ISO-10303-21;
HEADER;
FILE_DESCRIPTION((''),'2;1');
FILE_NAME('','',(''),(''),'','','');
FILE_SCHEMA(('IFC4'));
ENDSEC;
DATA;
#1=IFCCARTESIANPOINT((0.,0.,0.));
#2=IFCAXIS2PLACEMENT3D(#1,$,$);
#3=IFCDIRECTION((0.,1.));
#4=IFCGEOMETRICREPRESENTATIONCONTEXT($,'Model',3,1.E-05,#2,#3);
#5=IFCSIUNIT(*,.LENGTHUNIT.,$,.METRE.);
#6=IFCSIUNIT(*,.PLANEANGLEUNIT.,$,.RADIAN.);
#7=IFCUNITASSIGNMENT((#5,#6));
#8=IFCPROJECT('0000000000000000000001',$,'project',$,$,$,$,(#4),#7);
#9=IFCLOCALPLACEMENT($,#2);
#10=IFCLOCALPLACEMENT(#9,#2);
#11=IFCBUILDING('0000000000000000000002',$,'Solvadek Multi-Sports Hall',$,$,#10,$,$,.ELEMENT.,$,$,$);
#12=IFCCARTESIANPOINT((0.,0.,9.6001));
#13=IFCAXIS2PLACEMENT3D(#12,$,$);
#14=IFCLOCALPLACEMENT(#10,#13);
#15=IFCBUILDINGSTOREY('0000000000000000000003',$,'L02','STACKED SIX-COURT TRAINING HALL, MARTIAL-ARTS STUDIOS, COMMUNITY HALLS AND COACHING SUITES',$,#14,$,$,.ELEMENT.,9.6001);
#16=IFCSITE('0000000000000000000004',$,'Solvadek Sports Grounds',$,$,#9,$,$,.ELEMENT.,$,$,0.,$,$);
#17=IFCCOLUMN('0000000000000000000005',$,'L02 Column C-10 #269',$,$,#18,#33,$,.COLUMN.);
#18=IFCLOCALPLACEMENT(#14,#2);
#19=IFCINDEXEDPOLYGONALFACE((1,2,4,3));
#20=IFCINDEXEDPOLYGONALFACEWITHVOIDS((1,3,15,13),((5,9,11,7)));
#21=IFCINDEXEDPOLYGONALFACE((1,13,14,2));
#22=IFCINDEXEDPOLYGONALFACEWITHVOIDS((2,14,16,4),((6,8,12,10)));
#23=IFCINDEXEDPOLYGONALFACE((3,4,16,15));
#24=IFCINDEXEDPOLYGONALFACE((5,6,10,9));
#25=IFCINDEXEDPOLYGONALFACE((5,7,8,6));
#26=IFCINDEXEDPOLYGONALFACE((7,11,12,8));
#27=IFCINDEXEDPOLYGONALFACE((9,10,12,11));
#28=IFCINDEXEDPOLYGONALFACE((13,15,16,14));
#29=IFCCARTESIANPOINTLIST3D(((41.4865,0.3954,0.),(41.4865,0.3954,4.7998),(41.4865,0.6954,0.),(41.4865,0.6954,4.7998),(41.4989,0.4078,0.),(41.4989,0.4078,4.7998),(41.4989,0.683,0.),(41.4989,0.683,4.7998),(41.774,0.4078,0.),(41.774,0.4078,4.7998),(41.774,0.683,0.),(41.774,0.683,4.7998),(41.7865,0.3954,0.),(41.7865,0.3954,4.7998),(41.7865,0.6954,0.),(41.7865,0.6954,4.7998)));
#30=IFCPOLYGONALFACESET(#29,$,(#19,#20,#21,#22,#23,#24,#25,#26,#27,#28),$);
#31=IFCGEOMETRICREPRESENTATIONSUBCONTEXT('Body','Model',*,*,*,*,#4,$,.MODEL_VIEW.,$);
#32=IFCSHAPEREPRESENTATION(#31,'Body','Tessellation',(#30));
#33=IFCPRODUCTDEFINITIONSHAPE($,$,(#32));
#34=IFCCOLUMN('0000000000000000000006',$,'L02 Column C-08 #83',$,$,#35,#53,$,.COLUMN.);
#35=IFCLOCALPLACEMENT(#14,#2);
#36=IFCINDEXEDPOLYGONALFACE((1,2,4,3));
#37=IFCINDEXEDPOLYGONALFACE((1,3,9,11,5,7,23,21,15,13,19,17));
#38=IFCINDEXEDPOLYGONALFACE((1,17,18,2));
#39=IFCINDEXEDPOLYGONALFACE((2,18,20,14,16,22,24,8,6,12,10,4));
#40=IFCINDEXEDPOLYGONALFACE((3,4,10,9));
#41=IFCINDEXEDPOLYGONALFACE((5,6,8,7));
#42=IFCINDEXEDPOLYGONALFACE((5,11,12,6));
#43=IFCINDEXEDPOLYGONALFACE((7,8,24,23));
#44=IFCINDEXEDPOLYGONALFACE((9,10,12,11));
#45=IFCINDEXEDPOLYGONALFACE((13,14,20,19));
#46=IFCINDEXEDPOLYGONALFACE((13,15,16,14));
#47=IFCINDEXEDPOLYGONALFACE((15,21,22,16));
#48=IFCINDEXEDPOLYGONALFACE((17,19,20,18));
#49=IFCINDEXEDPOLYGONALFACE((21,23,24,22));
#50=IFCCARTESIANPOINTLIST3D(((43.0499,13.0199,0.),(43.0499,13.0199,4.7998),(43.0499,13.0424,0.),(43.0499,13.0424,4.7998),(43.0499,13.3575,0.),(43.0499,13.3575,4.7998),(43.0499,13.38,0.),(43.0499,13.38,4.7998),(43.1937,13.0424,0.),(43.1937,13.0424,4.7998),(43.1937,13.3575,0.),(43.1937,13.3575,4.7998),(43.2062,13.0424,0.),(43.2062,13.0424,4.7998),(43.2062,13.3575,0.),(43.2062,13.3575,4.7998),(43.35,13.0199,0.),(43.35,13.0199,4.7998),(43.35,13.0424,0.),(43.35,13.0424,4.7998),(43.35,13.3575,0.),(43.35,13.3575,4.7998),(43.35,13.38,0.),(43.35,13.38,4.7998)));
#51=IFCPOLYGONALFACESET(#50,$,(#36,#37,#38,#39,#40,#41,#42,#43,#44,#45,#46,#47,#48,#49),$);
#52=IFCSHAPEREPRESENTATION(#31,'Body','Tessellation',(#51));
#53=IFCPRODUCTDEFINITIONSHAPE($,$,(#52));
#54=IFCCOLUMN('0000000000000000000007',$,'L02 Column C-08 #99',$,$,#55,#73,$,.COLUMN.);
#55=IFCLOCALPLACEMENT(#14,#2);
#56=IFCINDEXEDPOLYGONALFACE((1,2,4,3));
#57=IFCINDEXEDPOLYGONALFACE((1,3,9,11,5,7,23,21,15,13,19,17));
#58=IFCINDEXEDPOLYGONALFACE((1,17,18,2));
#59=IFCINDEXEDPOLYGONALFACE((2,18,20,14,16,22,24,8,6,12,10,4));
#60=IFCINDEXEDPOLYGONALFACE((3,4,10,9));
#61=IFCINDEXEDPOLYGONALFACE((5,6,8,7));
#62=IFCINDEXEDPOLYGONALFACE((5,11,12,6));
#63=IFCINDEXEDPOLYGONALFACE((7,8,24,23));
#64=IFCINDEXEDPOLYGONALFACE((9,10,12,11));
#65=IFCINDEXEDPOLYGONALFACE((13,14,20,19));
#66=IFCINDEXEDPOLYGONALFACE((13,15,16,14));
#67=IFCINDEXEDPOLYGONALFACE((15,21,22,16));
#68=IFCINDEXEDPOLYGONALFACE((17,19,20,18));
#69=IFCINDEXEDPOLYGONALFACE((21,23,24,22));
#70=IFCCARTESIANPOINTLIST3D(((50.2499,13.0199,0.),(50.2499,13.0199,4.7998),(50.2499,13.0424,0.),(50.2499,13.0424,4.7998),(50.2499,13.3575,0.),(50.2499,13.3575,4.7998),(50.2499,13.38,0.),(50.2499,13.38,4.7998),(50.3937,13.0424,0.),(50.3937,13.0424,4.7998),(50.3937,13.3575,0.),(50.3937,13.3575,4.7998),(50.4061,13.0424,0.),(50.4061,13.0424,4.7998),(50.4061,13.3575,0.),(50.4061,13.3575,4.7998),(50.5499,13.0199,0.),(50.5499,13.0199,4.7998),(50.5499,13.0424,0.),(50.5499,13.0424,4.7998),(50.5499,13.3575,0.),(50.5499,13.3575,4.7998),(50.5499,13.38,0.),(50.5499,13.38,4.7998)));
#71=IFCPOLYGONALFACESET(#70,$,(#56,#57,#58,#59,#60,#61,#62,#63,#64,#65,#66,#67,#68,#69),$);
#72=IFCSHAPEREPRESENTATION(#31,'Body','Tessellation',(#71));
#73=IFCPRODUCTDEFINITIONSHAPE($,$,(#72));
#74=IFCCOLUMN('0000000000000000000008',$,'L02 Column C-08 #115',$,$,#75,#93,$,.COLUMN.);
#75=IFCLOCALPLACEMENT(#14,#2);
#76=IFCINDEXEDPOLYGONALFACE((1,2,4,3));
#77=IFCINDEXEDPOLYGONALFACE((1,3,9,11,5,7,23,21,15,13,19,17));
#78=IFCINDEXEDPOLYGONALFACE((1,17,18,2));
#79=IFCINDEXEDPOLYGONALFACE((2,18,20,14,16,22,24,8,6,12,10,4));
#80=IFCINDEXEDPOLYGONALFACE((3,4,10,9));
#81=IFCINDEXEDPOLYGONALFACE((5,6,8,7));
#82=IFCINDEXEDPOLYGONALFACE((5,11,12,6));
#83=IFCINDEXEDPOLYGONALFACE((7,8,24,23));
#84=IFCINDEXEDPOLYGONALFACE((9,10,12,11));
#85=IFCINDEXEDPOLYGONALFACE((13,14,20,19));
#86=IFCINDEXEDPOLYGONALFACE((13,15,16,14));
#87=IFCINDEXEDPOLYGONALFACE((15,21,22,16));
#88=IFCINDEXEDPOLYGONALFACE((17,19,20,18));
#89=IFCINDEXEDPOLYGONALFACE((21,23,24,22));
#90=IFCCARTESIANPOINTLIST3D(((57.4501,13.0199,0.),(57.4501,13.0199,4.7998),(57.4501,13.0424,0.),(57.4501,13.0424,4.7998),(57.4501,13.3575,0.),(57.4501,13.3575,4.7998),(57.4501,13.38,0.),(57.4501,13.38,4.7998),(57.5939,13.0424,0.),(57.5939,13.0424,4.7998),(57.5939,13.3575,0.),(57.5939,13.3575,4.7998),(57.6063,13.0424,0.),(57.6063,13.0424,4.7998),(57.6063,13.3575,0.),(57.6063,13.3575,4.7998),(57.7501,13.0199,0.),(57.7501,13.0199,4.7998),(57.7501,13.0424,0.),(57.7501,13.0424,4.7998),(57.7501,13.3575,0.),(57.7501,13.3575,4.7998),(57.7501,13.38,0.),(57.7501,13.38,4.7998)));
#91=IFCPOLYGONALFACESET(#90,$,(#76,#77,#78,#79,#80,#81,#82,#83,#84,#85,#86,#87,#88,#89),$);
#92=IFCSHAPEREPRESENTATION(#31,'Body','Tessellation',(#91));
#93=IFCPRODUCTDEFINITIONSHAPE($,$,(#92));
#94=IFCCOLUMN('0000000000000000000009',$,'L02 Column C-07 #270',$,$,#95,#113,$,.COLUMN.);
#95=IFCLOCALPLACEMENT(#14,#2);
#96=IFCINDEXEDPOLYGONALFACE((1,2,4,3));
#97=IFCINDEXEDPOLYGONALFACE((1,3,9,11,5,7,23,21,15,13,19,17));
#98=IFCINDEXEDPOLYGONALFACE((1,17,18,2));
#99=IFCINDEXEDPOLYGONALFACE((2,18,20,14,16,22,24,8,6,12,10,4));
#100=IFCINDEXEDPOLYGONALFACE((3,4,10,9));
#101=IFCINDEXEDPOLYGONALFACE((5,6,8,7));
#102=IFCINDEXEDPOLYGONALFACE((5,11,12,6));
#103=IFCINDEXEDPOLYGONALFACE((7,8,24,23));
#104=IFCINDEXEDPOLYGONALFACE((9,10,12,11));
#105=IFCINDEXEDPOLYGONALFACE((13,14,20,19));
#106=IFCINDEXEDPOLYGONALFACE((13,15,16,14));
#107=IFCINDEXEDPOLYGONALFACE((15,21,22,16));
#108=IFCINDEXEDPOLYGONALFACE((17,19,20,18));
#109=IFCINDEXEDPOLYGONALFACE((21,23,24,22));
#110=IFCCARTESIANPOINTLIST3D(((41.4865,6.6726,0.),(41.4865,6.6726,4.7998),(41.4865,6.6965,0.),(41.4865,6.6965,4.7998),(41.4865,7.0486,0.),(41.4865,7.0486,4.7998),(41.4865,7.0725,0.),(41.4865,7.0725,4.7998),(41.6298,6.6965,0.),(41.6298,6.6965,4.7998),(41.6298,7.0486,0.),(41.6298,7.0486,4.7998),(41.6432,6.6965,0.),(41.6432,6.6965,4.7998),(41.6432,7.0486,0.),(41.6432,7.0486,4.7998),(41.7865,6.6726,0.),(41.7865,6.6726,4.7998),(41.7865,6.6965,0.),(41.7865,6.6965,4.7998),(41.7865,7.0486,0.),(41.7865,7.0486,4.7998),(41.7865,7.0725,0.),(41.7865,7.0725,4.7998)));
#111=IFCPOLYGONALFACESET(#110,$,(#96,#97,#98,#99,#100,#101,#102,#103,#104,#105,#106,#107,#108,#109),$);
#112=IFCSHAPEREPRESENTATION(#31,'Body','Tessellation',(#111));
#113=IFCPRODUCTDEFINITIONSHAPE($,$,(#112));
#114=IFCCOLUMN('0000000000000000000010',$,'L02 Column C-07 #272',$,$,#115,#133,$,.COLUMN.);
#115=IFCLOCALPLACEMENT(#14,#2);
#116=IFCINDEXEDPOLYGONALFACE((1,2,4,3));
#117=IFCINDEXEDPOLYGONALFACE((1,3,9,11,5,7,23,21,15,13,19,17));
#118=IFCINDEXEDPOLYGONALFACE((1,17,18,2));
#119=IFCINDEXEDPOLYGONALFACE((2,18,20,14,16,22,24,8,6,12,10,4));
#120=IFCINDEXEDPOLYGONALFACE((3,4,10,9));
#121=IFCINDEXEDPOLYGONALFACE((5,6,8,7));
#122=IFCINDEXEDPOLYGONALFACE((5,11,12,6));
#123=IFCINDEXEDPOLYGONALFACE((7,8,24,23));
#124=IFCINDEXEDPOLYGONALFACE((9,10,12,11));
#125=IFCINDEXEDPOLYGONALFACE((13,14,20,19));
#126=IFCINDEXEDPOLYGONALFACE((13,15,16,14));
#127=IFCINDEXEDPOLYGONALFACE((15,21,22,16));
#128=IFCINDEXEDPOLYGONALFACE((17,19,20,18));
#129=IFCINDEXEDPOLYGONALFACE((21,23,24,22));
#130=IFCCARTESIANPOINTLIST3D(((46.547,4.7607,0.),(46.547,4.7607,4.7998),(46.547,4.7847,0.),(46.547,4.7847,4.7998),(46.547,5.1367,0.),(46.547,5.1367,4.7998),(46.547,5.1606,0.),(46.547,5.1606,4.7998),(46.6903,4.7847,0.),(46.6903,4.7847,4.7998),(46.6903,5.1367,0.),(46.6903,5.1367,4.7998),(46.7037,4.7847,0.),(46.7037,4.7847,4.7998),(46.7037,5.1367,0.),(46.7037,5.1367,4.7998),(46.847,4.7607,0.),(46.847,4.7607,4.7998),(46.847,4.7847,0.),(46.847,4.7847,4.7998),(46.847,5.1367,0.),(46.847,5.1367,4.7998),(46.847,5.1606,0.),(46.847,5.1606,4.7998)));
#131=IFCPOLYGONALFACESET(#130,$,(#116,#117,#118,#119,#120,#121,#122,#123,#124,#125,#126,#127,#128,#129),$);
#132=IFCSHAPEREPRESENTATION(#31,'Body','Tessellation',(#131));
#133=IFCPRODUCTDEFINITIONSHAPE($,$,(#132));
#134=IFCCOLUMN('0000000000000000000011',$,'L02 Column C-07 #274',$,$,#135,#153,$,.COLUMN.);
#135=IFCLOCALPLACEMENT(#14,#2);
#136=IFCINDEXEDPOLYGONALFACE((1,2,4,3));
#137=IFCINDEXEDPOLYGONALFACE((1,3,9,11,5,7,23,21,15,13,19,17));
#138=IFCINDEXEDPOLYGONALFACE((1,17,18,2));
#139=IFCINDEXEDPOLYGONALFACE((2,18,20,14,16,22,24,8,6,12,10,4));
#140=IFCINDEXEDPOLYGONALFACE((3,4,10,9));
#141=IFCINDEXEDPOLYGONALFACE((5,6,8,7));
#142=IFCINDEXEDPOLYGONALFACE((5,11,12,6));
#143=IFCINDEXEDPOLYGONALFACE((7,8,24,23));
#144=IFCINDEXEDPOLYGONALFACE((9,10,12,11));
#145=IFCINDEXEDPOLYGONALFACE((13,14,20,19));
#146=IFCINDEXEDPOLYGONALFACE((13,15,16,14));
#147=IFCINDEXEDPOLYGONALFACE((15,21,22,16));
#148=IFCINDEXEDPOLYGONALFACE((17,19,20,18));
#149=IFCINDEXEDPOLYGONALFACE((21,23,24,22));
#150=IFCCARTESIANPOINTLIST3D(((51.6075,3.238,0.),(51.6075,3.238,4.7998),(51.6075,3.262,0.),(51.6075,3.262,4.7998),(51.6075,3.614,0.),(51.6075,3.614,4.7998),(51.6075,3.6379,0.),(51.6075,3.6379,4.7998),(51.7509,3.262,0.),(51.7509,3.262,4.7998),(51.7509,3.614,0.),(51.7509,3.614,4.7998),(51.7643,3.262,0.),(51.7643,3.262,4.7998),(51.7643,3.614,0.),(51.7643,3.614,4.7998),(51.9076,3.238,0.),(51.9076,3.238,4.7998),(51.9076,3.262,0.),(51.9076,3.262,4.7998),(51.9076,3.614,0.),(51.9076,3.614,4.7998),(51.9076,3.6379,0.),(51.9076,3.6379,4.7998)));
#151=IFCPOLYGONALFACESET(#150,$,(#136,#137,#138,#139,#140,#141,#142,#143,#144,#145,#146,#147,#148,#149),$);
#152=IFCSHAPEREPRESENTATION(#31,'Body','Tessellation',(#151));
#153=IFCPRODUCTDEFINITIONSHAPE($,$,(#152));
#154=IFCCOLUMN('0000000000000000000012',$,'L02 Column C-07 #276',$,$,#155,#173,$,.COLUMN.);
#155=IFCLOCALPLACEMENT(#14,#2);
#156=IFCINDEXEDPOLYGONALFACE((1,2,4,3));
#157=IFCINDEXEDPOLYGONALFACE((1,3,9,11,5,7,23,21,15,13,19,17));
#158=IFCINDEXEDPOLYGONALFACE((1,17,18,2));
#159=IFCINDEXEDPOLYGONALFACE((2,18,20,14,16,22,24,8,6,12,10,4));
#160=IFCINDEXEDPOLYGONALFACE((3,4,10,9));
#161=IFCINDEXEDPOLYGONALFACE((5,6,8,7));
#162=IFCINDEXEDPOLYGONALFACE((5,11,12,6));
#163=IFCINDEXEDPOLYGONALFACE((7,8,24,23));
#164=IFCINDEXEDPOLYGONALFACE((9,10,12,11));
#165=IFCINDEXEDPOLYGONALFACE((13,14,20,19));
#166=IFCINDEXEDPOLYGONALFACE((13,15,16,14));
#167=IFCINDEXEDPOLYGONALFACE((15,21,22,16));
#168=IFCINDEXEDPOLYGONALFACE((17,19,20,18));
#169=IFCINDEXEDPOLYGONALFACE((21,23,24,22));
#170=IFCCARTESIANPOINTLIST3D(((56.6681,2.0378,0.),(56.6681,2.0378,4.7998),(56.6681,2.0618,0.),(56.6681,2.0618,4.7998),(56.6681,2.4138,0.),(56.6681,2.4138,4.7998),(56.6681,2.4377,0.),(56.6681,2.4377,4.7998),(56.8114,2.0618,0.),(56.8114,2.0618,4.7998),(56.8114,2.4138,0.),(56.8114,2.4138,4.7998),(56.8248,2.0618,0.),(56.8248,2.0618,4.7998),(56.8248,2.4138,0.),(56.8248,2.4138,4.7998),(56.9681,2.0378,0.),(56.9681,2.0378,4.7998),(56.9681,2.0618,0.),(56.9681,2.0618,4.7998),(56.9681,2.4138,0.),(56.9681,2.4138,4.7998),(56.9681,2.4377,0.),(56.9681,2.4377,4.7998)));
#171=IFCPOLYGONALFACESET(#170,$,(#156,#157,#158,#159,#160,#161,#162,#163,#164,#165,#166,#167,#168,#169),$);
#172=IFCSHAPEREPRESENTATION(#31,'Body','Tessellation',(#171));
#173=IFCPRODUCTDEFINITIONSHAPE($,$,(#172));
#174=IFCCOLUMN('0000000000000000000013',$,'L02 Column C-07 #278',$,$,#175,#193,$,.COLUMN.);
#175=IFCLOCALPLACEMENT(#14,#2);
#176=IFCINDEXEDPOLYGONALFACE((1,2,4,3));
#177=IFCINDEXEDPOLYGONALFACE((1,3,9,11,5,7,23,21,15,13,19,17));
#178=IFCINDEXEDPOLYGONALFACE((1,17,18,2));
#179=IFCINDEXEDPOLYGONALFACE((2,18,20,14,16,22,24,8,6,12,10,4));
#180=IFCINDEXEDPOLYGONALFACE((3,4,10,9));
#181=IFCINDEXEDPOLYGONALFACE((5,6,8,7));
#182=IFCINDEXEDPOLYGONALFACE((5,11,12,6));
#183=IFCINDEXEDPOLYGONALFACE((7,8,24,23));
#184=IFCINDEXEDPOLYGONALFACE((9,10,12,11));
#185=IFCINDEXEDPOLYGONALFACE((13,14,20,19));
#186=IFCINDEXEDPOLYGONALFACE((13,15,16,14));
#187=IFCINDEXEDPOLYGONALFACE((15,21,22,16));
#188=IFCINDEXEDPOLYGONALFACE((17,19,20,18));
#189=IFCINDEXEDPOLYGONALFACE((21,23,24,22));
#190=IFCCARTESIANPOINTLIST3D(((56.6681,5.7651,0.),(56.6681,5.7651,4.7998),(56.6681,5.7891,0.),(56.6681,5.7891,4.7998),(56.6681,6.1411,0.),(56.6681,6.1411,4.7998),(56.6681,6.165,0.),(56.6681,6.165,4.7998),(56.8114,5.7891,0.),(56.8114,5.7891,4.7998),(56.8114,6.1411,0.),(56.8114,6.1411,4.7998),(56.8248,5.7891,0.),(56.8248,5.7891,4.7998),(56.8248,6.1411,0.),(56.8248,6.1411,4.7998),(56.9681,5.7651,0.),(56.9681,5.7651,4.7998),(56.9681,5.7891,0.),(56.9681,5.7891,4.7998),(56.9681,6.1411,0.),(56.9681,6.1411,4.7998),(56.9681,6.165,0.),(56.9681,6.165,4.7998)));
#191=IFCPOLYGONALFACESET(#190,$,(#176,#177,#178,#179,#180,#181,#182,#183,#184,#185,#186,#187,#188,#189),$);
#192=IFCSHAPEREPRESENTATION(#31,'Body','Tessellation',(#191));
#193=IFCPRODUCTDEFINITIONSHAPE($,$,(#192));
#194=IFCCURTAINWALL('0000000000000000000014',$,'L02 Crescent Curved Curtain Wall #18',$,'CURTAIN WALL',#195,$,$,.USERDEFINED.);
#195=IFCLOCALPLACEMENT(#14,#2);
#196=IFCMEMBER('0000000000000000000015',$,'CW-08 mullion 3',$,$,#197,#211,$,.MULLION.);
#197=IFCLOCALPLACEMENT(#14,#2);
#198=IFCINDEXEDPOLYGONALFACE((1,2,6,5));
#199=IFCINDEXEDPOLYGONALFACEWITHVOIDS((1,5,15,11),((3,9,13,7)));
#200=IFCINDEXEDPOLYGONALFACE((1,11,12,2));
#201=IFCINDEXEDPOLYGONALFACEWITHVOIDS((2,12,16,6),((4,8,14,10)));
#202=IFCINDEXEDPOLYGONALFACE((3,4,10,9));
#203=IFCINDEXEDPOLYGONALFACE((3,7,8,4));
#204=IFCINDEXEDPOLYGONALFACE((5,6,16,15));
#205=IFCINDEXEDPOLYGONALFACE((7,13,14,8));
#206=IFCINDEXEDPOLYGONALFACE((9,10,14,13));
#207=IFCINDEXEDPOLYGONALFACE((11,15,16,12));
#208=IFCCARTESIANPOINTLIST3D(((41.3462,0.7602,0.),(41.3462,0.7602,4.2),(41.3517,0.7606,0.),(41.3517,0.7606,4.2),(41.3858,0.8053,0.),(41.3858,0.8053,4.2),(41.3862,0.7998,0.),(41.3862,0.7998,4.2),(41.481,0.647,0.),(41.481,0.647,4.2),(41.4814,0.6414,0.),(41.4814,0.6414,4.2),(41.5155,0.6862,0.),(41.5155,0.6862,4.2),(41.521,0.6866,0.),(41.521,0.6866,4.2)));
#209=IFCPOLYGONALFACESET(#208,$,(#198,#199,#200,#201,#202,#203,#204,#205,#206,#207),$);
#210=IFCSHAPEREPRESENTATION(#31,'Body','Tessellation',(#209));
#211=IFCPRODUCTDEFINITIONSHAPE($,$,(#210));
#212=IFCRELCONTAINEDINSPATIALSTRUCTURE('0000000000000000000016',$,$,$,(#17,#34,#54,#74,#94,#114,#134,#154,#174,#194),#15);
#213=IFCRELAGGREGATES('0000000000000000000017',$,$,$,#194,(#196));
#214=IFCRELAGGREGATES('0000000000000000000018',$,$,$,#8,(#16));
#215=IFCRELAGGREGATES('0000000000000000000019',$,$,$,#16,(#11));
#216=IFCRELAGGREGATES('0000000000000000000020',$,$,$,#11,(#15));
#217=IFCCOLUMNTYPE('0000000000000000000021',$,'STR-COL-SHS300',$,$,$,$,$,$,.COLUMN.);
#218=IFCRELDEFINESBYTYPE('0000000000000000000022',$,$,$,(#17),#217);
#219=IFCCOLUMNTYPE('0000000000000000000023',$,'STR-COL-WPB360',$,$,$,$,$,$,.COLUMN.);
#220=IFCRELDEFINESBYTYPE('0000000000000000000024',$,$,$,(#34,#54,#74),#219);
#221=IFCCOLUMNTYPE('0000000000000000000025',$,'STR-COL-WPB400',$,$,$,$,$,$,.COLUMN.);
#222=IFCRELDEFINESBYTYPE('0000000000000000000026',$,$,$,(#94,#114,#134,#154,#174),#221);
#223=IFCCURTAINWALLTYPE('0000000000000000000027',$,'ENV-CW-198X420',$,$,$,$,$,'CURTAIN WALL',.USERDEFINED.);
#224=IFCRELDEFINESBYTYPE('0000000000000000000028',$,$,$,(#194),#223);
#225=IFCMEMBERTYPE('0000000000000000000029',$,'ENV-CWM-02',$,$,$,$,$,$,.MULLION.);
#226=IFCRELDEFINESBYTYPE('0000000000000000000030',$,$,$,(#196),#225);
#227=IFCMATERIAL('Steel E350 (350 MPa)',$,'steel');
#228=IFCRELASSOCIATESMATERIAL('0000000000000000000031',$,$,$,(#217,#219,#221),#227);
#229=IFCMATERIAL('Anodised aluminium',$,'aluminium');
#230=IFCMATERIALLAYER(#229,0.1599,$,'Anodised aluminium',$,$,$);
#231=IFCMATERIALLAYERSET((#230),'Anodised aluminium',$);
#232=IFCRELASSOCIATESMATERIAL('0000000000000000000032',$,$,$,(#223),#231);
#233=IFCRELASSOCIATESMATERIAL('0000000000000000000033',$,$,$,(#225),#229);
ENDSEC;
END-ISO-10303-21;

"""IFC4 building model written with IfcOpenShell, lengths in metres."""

from ifc_helpers import new_model, si_unit, direction, frame, origin, origin_2d, place, context, subcontext, project, spatial, hollow_rectangle, i_section, extrude, material, layer, layer_set, material_profile, profile_set, type_object, element, aggregate, save


model = new_model("IFC4")

# Units and contexts
model_context = context("Model", 3, precision=1e-05, world=origin(), true_north=direction((0.0, 1.0)))
body_context = subcontext(model_context, "Body", "Model", "MODEL_VIEW")
ifc_project = project(units=[si_unit("LENGTHUNIT", "METRE"), si_unit("PLANEANGLEUNIT", "RADIAN")], contexts=[model_context])

# Site, building, storey
site_placement = place(None, origin())
site = spatial("IfcSite", under=ifc_project, at=site_placement, Name="Solvadek Sports Grounds", CompositionType="ELEMENT", RefElevation=0.0)
building_placement = place(site_placement, origin())
building = spatial("IfcBuilding", under=site, at=building_placement, Name="Solvadek Multi-Sports Hall", CompositionType="ELEMENT")
storey_placement = place(building_placement, frame((0.0, 0.0, 9.6001)))
storey = spatial("IfcBuildingStorey", under=building, at=storey_placement, Name="L02", Description="STACKED SIX-COURT TRAINING HALL, MARTIAL-ARTS STUDIOS, COMMUNITY HALLS AND COACHING SUITES", CompositionType="ELEMENT", Elevation=9.6001)

# Columns
ifc_material_1 = material(Name="Steel E350 (350 MPa)", Category="steel")
ifc_material_profile_1 = material_profile(ifc_material_1, hollow_rectangle(XDim=0.3, YDim=0.3, WallThickness=0.0125, at=origin_2d()), Name="SHS 300x300x12.5")
ifc_profile_set_1 = profile_set([ifc_material_profile_1], Name="Steel E350 (350 MPa)")
column_type_1 = type_object("IfcColumnType", Name="STR-COL-SHS300", PredefinedType="COLUMN", material=ifc_profile_set_1)
column_placement = place(storey_placement, frame((41.6365, 0.5454, 0.0), z_axis=(0.0, 0.0, 1.0), x_axis=(1.0, 0.0, 0.0)))
element("IfcColumn", 1, at=column_placement, inside=storey, type_object=column_type_1, Name="L02 Column C-10 #269", PredefinedType="COLUMN", context=body_context, shape_type="SweptSolid", body=[
    extrude(hollow_rectangle(XDim=0.3, YDim=0.3, WallThickness=0.0125, at=origin_2d()), origin(), (0.0, 0.0, 1.0), 4.7998),
])
ifc_material_profile_2 = material_profile(ifc_material_1, i_section(OverallWidth=0.3, OverallDepth=0.3601, WebThickness=0.0125, FlangeThickness=0.0225, at=origin_2d()), Name="WPB 360")
ifc_profile_set_2 = profile_set([ifc_material_profile_2], Name="Steel E350 (350 MPa)")
column_type_2 = type_object("IfcColumnType", Name="STR-COL-WPB360", PredefinedType="COLUMN", material=ifc_profile_set_2)
for number, where, z_axis, x_axis, name in (
    (2, (43.2, 13.2, 0.0), (0.0, 0.0, 1.0), (1.0, 0.0, 0.0), "L02 Column C-08 #83"),
    (3, (50.3999, 13.2, 0.0), (0.0, 0.0, 1.0), (1.0, 0.0, 0.0), "L02 Column C-08 #99"),
    (4, (57.6001, 13.2, 0.0), (0.0, 0.0, 1.0), (1.0, 0.0, 0.0), "L02 Column C-08 #115"),
):
    element("IfcColumn", number, at=place(storey_placement, frame(where, z_axis=z_axis, x_axis=x_axis)), inside=storey, type_object=column_type_2, Name=name, PredefinedType="COLUMN", context=body_context, shape_type="SweptSolid", body=[
        extrude(i_section(OverallWidth=0.3, OverallDepth=0.3601, WebThickness=0.0125, FlangeThickness=0.0225, at=origin_2d()), origin(), (0.0, 0.0, 1.0), 4.7998),
    ])
ifc_material_profile_3 = material_profile(ifc_material_1, i_section(OverallWidth=0.3, OverallDepth=0.3999, WebThickness=0.0134, FlangeThickness=0.0239, at=origin_2d()), Name="WPB 400")
ifc_profile_set_3 = profile_set([ifc_material_profile_3], Name="Steel E350 (350 MPa)")
column_type_3 = type_object("IfcColumnType", Name="STR-COL-WPB400", PredefinedType="COLUMN", material=ifc_profile_set_3)
for number, where, z_axis, x_axis, name in (
    (5, (41.6365, 6.8726, 0.0), (0.0, 0.0, 1.0), (1.0, 0.0, 0.0), "L02 Column C-07 #270"),
    (6, (46.697, 4.9607, 0.0), (0.0, 0.0, 1.0), (1.0, 0.0, 0.0), "L02 Column C-07 #272"),
    (7, (51.7576, 3.438, 0.0), (0.0, 0.0, 1.0), (1.0, 0.0, 0.0), "L02 Column C-07 #274"),
    (8, (56.8181, 2.2378, 0.0), (0.0, 0.0, 1.0), (1.0, 0.0, 0.0), "L02 Column C-07 #276"),
    (9, (56.8181, 5.9651, 0.0), (0.0, 0.0, 1.0), (1.0, 0.0, 0.0), "L02 Column C-07 #278"),
):
    element("IfcColumn", number, at=place(storey_placement, frame(where, z_axis=z_axis, x_axis=x_axis)), inside=storey, type_object=column_type_3, Name=name, PredefinedType="COLUMN", context=body_context, shape_type="SweptSolid", body=[
        extrude(i_section(OverallWidth=0.3, OverallDepth=0.3999, WebThickness=0.0134, FlangeThickness=0.0239, at=origin_2d()), origin(), (0.0, 0.0, 1.0), 4.7998),
    ])

# Curtain wall, member
ifc_material_2 = material(Name="Anodised aluminium", Category="aluminium")
ifc_layer_1 = layer(ifc_material_2, 0.1599, Name="Anodised aluminium")
ifc_layer_set_1 = layer_set([ifc_layer_1], Name="Anodised aluminium")
curtain_wall_type_1 = type_object("IfcCurtainWallType", Name="ENV-CW-198X420", ElementType="CURTAIN WALL", PredefinedType="USERDEFINED", material=ifc_layer_set_1)
curtain_wall_1_placement = place(storey_placement, origin())
curtain_wall_1 = element("IfcCurtainWall", 10, at=curtain_wall_1_placement, inside=storey, type_object=curtain_wall_type_1, Name="L02 Crescent Curved Curtain Wall #18", ObjectType="CURTAIN WALL", PredefinedType="USERDEFINED")
ifc_material_profile_4 = material_profile(ifc_material_2, hollow_rectangle(XDim=0.0601, YDim=0.1799, WallThickness=0.0039, at=origin_2d()), Name="ALU-M 180x60x4")
ifc_profile_set_4 = profile_set([ifc_material_profile_4], Name="Anodised aluminium")
member_type_1 = type_object("IfcMemberType", Name="ENV-CWM-02", PredefinedType="MULLION", material=ifc_profile_set_4)
member_1_placement = place(storey_placement, frame((41.4336, 0.7234, 0.0), z_axis=(0.0, 0.0, 1.0), x_axis=(0.660055, 0.751217, 0.0)))
member_1 = element("IfcMember", 11, at=member_1_placement, type_object=member_type_1, Name="CW-08 mullion 3", PredefinedType="MULLION", context=body_context, shape_type="SweptSolid", body=[
    extrude(hollow_rectangle(XDim=0.0601, YDim=0.1799, WallThickness=0.0039, at=origin_2d()), origin(), (0.0, 0.0, 1.0), 4.2),
])

aggregate(curtain_wall_1, [member_1])

save(model, "model.ifc")
